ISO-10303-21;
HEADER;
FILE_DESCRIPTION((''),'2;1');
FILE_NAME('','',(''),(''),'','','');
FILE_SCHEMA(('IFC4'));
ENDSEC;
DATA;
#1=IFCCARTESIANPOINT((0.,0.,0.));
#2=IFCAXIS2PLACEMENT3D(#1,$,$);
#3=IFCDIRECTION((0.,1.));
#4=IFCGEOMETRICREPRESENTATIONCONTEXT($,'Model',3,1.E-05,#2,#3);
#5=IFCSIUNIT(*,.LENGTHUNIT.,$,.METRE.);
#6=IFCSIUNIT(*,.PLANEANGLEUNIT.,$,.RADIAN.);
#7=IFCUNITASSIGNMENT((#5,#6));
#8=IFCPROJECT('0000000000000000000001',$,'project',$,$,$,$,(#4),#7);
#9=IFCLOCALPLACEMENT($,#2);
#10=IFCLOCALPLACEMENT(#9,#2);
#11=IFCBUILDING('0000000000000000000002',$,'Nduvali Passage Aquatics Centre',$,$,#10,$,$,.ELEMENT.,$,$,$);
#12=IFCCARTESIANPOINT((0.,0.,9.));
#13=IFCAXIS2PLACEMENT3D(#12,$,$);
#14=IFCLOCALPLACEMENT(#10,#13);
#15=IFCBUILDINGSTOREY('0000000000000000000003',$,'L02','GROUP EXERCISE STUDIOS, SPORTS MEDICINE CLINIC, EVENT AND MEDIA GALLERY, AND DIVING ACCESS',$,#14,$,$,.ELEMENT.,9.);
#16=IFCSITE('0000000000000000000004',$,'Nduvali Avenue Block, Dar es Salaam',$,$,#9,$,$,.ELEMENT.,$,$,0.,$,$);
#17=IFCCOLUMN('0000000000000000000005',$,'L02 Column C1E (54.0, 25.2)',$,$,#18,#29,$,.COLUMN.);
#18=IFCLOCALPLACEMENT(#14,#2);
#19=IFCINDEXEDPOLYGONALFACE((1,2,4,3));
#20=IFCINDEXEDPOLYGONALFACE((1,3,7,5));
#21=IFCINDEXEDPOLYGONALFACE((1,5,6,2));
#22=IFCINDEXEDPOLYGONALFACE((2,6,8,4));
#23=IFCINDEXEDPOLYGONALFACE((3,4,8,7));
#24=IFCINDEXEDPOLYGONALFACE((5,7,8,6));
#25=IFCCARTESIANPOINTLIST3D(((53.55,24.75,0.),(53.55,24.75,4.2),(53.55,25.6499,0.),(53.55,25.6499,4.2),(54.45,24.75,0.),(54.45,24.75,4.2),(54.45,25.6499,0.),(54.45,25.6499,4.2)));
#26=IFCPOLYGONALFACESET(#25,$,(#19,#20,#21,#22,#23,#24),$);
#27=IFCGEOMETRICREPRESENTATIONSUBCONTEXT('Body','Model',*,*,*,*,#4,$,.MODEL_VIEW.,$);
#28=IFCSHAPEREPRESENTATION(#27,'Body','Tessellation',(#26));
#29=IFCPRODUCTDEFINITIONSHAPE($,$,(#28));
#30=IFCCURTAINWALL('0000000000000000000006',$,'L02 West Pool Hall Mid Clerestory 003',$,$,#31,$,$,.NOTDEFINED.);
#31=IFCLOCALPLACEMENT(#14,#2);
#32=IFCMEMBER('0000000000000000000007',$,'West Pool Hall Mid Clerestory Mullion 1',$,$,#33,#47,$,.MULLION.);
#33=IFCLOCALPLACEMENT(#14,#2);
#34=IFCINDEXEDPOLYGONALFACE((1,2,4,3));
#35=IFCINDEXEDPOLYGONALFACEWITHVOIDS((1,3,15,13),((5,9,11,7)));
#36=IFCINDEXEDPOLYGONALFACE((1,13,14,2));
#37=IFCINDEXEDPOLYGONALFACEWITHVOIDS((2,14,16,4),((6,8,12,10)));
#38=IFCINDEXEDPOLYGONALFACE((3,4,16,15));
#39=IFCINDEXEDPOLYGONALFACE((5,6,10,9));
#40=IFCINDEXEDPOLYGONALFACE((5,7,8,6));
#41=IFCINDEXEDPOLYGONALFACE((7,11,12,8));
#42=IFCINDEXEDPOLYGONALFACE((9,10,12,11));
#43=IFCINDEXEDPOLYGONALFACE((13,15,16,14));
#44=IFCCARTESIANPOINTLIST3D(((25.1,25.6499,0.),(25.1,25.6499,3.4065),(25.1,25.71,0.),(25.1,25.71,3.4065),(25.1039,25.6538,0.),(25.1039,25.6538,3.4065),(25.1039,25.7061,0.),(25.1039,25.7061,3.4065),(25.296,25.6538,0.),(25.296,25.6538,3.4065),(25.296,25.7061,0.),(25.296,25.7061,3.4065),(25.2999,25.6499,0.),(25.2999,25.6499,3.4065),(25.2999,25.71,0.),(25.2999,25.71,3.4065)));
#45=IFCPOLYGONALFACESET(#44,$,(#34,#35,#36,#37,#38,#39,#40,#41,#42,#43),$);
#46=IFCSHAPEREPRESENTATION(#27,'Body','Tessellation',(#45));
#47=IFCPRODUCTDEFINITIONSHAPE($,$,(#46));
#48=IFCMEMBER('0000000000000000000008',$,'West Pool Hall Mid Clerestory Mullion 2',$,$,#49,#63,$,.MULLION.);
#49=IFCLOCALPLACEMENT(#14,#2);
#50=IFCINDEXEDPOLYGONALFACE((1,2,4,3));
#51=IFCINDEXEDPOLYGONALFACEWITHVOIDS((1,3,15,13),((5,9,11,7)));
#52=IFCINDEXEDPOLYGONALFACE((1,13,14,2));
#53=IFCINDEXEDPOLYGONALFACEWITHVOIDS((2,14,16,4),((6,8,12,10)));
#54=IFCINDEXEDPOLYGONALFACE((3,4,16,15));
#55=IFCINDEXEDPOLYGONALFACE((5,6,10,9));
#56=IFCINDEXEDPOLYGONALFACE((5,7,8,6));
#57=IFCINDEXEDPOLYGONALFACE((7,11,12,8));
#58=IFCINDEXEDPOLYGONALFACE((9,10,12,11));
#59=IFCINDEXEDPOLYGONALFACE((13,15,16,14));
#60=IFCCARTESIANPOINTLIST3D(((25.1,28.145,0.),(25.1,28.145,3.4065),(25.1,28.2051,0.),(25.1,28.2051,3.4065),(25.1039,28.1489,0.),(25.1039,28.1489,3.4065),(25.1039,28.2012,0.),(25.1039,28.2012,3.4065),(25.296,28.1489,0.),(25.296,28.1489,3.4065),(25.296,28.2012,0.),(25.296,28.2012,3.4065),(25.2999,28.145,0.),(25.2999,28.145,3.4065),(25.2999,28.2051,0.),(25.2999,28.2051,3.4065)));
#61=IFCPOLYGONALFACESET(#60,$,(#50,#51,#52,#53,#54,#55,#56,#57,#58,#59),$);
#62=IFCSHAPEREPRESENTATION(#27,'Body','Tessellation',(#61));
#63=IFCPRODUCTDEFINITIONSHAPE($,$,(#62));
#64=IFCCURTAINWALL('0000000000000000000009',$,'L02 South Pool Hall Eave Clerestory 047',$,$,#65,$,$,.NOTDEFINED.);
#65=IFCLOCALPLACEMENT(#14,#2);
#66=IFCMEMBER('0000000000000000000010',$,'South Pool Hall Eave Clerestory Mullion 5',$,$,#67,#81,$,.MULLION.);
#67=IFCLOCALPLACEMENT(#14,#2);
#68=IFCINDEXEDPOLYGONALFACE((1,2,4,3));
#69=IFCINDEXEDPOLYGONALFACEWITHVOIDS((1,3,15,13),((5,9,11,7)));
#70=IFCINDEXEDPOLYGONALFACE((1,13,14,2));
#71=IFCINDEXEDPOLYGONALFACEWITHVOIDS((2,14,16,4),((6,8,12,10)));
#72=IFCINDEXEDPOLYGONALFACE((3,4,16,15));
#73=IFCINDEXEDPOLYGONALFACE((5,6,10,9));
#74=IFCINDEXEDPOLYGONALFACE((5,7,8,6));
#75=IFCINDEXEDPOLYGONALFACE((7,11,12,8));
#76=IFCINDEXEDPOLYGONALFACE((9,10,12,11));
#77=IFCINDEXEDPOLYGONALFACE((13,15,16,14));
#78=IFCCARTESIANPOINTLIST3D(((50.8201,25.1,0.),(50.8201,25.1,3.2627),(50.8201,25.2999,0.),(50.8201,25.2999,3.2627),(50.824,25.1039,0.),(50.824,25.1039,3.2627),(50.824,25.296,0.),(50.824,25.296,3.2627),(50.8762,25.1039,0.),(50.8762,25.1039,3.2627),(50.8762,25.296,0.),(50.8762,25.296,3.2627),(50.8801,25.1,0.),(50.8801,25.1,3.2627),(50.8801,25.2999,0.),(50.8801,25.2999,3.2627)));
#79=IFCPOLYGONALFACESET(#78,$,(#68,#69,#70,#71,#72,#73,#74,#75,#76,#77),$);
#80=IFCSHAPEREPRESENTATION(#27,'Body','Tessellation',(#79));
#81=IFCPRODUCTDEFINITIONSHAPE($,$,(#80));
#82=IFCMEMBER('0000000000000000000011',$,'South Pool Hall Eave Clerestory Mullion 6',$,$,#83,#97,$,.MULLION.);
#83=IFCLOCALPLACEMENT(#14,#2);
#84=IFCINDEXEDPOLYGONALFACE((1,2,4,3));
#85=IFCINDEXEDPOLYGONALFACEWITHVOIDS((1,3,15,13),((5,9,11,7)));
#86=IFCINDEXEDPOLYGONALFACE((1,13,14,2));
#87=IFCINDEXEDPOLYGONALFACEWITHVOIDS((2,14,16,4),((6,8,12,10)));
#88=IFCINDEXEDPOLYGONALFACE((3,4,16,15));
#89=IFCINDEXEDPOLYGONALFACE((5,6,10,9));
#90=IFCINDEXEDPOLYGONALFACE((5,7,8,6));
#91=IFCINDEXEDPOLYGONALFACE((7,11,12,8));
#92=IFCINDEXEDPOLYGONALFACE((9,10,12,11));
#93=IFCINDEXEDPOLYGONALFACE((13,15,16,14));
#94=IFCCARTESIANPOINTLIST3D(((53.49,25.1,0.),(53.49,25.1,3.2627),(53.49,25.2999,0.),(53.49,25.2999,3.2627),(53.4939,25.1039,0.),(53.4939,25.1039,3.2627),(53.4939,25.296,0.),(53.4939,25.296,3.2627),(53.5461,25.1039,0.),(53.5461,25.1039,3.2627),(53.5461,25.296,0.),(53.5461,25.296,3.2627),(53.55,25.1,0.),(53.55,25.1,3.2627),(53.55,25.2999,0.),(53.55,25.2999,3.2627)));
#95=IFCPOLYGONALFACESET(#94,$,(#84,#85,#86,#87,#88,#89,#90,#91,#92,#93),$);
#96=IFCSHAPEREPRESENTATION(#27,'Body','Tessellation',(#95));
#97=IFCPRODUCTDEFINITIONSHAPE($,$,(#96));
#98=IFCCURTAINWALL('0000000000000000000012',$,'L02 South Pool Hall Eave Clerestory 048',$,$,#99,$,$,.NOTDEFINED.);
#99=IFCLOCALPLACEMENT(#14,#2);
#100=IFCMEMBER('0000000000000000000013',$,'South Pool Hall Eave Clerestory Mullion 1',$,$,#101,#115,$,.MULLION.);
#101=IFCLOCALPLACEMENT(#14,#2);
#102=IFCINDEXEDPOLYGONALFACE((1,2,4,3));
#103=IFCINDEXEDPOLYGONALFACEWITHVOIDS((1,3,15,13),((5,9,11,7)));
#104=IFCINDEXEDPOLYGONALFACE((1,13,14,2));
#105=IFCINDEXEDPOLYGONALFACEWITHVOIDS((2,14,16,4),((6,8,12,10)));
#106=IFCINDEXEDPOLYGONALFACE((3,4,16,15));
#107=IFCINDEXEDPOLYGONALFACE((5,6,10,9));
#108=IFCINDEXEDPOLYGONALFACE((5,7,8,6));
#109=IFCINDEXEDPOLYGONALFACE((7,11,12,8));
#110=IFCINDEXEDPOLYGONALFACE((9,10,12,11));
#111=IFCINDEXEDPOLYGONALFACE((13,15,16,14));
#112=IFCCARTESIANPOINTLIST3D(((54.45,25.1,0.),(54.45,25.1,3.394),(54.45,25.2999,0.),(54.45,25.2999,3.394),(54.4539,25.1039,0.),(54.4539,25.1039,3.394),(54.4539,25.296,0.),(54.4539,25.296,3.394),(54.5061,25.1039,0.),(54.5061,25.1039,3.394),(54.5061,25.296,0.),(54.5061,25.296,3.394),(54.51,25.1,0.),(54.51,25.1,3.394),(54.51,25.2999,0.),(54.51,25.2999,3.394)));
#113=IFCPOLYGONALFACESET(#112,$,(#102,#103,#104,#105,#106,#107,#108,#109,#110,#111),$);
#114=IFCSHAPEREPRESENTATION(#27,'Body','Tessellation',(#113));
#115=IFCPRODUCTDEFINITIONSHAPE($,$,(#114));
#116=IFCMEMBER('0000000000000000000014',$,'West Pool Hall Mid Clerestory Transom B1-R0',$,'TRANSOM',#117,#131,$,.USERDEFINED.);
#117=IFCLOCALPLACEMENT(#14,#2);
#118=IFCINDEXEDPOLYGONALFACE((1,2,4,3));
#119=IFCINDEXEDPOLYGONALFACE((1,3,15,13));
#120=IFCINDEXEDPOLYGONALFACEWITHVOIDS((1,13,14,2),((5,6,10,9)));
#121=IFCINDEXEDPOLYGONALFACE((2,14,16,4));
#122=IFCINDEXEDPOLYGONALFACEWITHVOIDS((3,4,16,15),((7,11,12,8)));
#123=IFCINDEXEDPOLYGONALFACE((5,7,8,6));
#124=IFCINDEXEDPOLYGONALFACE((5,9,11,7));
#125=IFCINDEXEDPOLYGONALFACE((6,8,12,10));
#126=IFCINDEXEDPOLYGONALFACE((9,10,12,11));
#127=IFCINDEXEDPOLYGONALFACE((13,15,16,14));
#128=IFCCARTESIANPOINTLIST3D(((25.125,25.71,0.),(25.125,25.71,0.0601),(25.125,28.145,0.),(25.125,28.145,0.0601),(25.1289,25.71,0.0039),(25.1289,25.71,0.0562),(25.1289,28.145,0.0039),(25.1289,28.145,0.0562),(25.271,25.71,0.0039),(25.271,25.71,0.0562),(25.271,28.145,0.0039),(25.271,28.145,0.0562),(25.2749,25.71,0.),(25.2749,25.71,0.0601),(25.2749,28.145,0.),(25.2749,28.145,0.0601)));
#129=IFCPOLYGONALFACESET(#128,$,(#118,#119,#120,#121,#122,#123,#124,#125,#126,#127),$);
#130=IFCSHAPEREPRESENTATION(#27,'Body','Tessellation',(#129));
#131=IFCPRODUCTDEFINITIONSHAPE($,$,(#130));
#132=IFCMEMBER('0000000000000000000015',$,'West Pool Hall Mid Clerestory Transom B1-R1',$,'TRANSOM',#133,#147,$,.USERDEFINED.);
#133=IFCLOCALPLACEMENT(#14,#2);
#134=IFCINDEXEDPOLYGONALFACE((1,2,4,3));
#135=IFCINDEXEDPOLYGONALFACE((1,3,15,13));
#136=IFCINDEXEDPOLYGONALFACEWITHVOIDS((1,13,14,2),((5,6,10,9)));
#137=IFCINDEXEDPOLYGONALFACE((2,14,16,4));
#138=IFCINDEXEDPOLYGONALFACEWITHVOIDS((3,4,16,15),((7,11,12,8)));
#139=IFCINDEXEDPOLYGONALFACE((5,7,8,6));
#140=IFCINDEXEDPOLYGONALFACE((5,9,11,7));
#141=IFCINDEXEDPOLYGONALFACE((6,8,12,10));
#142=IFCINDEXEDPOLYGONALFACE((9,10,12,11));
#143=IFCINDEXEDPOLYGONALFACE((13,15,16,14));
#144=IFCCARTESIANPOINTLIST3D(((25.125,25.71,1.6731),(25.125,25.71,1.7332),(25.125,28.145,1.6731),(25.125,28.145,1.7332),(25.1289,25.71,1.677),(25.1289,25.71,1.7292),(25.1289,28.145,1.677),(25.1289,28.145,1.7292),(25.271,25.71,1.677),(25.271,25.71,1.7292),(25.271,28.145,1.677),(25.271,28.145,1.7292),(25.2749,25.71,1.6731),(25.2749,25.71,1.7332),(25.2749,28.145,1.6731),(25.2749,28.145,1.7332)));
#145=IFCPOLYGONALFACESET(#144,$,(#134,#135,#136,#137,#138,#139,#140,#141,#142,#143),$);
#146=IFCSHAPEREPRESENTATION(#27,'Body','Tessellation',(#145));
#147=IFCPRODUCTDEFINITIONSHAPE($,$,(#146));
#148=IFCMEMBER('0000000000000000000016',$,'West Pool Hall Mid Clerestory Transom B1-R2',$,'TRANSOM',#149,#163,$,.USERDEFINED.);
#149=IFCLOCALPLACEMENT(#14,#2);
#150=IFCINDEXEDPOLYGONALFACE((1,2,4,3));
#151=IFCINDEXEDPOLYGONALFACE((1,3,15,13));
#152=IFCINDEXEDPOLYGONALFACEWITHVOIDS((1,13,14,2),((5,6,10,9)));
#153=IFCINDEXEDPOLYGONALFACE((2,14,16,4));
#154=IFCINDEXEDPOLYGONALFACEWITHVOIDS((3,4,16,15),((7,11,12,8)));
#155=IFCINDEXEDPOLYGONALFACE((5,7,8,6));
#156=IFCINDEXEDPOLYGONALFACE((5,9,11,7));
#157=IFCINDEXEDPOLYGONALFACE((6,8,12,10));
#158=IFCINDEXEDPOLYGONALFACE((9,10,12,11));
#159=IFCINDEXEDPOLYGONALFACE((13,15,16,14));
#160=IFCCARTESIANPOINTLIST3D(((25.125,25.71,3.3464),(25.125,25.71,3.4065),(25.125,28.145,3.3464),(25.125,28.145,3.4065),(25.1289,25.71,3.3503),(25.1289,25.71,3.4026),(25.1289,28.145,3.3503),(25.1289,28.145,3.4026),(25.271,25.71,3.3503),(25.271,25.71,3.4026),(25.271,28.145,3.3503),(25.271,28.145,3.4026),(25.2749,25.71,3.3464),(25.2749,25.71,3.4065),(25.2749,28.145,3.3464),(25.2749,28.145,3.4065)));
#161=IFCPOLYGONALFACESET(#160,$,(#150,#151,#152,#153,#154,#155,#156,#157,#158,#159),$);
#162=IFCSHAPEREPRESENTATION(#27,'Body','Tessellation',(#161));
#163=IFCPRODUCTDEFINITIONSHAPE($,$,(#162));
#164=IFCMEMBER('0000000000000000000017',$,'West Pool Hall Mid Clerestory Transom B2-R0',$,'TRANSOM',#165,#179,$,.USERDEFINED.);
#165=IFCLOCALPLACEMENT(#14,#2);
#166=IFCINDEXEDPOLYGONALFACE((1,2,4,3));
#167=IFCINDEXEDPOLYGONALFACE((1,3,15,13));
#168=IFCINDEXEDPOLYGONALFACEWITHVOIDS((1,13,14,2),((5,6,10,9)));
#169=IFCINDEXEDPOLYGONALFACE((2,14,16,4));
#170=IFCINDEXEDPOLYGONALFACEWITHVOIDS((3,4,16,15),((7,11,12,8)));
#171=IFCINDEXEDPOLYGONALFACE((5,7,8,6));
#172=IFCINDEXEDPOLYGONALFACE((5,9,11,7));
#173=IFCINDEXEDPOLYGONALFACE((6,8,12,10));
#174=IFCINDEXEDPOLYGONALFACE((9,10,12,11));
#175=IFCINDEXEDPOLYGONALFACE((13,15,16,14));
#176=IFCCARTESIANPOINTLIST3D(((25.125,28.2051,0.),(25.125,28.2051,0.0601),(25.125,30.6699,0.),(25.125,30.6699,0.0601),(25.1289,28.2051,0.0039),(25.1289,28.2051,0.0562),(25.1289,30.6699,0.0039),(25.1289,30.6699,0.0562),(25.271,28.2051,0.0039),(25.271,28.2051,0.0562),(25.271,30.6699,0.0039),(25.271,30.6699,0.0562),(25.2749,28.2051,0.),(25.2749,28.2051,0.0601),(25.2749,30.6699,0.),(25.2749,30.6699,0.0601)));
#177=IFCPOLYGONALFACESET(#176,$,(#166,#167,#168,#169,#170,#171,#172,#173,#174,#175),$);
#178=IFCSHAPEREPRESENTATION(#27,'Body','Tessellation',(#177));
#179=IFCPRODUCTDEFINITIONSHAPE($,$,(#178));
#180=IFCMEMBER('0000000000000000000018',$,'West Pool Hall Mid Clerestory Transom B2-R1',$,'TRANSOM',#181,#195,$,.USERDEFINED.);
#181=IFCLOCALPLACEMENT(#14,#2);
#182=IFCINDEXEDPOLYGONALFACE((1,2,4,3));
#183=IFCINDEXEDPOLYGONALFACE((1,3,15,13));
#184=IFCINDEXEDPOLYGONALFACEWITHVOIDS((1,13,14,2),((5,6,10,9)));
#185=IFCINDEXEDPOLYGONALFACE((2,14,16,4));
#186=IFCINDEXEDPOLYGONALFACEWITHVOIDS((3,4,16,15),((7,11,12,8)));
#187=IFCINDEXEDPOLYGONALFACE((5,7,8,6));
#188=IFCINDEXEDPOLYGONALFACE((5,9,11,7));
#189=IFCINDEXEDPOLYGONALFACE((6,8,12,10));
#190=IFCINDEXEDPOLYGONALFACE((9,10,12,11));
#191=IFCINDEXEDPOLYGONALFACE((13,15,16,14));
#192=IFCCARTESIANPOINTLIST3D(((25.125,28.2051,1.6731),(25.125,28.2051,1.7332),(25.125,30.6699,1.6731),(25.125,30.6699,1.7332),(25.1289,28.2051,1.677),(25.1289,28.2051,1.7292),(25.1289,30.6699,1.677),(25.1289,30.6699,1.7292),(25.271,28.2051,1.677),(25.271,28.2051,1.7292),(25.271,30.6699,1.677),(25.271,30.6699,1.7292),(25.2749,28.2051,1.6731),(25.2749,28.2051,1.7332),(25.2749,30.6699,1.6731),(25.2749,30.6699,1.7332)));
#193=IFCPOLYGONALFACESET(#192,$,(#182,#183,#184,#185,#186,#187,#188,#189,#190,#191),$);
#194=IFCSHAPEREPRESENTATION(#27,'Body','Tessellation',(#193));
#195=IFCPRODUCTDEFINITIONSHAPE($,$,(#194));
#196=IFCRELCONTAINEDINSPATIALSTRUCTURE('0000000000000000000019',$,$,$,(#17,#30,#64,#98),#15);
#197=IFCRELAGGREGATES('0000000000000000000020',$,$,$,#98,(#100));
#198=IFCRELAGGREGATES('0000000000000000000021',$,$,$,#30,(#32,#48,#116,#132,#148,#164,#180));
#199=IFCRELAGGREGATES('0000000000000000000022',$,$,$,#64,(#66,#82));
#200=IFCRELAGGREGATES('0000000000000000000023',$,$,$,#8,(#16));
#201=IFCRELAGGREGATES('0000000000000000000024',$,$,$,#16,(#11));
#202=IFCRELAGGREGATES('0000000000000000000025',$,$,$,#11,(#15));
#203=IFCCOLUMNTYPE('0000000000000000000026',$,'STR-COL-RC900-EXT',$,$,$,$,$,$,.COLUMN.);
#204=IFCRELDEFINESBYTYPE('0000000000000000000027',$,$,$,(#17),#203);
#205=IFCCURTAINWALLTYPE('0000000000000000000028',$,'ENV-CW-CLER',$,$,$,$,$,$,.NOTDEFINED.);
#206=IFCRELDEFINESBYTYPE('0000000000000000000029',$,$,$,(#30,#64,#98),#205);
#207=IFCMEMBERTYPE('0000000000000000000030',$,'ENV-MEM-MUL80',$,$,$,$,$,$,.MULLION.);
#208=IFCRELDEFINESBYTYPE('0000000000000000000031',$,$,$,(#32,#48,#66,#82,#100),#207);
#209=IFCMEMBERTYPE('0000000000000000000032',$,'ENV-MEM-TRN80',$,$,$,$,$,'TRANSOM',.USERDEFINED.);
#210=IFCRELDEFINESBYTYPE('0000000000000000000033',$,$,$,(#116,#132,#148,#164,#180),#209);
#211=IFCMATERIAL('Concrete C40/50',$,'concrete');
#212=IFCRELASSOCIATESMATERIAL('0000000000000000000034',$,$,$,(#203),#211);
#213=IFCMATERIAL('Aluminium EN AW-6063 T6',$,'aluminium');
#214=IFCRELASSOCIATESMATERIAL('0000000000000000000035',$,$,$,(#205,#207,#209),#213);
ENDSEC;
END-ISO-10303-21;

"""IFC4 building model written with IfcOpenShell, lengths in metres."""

from ifc_helpers import new_model, si_unit, direction, frame, origin, origin_2d, place, context, subcontext, project, spatial, rectangle, hollow_rectangle, extrude, material, material_profile, profile_set, type_object, element, aggregate, save


model = new_model("IFC4")

# Units and contexts
model_context = context("Model", 3, precision=1e-05, world=origin(), true_north=direction((0.0, 1.0)))
body_context = subcontext(model_context, "Body", "Model", "MODEL_VIEW")
ifc_project = project(units=[si_unit("LENGTHUNIT", "METRE"), si_unit("PLANEANGLEUNIT", "RADIAN")], contexts=[model_context])

# Site, building, storey
site_placement = place(None, origin())
site = spatial("IfcSite", under=ifc_project, at=site_placement, Name="Nduvali Avenue Block, Dar es Salaam", CompositionType="ELEMENT", RefElevation=0.0)
building_placement = place(site_placement, origin())
building = spatial("IfcBuilding", under=site, at=building_placement, Name="Nduvali Passage Aquatics Centre", CompositionType="ELEMENT")
storey_placement = place(building_placement, frame((0.0, 0.0, 9.0)))
storey = spatial("IfcBuildingStorey", under=building, at=storey_placement, Name="L02", Description="GROUP EXERCISE STUDIOS, SPORTS MEDICINE CLINIC, EVENT AND MEDIA GALLERY, AND DIVING ACCESS", CompositionType="ELEMENT", Elevation=9.0)

# Column
ifc_material_1 = material(Name="Concrete C40/50", Category="concrete")
ifc_material_profile_1 = material_profile(ifc_material_1, rectangle(XDim=0.8999, YDim=0.8999, at=origin_2d()), Name="RC 900x900")
ifc_profile_set_1 = profile_set([ifc_material_profile_1], Name="Concrete C40/50")
column_type = type_object("IfcColumnType", Name="STR-COL-RC900-EXT", PredefinedType="COLUMN", material=ifc_profile_set_1)
column_placement = place(storey_placement, frame((54.0, 25.2, 0.0), z_axis=(0.0, 0.0, 1.0), x_axis=(1.0, 0.0, 0.0)))
element("IfcColumn", 1, at=column_placement, inside=storey, type_object=column_type, Name="L02 Column C1E (54.0, 25.2)", PredefinedType="COLUMN", context=body_context, shape_type="SweptSolid", body=[
    extrude(rectangle(XDim=0.8999, YDim=0.8999, at=origin_2d()), origin(), (0.0, 0.0, 1.0), 4.2),
])

# Curtain walls, members
ifc_material_2 = material(Name="Aluminium EN AW-6063 T6", Category="aluminium")
curtain_wall_type = type_object("IfcCurtainWallType", Name="ENV-CW-CLER", PredefinedType="NOTDEFINED", material=ifc_material_2)
curtain_wall_1_placement = place(storey_placement, origin())
curtain_wall_1 = element("IfcCurtainWall", 2, at=curtain_wall_1_placement, inside=storey, type_object=curtain_wall_type, Name="L02 West Pool Hall Mid Clerestory 003", PredefinedType="NOTDEFINED")
ifc_material_profile_2 = material_profile(ifc_material_2, hollow_rectangle(XDim=0.0601, YDim=0.2, WallThickness=0.0039, at=origin_2d()), Name="ALU MULLION 60x200x4")
ifc_profile_set_2 = profile_set([ifc_material_profile_2], Name="Aluminium EN AW-6063 T6")
member_type_1 = type_object("IfcMemberType", Name="ENV-MEM-MUL80", PredefinedType="MULLION", material=ifc_profile_set_2)
member_1_placement = place(storey_placement, frame((25.2, 25.6799, 0.0), z_axis=(0.0, 0.0, 1.0), x_axis=(0.0, 1.0, 0.0)))
member_1 = element("IfcMember", 3, at=member_1_placement, type_object=member_type_1, Name="West Pool Hall Mid Clerestory Mullion 1", PredefinedType="MULLION", context=body_context, shape_type="SweptSolid", body=[
    extrude(hollow_rectangle(XDim=0.0601, YDim=0.2, WallThickness=0.0039, at=origin_2d()), origin(), (0.0, 0.0, 1.0), 3.4065),
])
member_2_placement = place(storey_placement, frame((25.2, 28.175, 0.0), z_axis=(0.0, 0.0, 1.0), x_axis=(0.0, 1.0, 0.0)))
member_2 = element("IfcMember", 4, at=member_2_placement, type_object=member_type_1, Name="West Pool Hall Mid Clerestory Mullion 2", PredefinedType="MULLION", context=body_context, shape_type="SweptSolid", body=[
    extrude(hollow_rectangle(XDim=0.0601, YDim=0.2, WallThickness=0.0039, at=origin_2d()), origin(), (0.0, 0.0, 1.0), 3.4065),
])
curtain_wall_2_placement = place(storey_placement, origin())
curtain_wall_2 = element("IfcCurtainWall", 5, at=curtain_wall_2_placement, inside=storey, type_object=curtain_wall_type, Name="L02 South Pool Hall Eave Clerestory 047", PredefinedType="NOTDEFINED")
member_3_placement = place(storey_placement, frame((50.8501, 25.2, 0.0), z_axis=(0.0, 0.0, 1.0), x_axis=(1.0, 0.0, 0.0)))
member_3 = element("IfcMember", 6, at=member_3_placement, type_object=member_type_1, Name="South Pool Hall Eave Clerestory Mullion 5", PredefinedType="MULLION", context=body_context, shape_type="SweptSolid", body=[
    extrude(hollow_rectangle(XDim=0.0601, YDim=0.2, WallThickness=0.0039, at=origin_2d()), origin(), (0.0, 0.0, 1.0), 3.2627),
])
member_4_placement = place(storey_placement, frame((53.52, 25.2, 0.0), z_axis=(0.0, 0.0, 1.0), x_axis=(1.0, 0.0, 0.0)))
member_4 = element("IfcMember", 7, at=member_4_placement, type_object=member_type_1, Name="South Pool Hall Eave Clerestory Mullion 6", PredefinedType="MULLION", context=body_context, shape_type="SweptSolid", body=[
    extrude(hollow_rectangle(XDim=0.0601, YDim=0.2, WallThickness=0.0039, at=origin_2d()), origin(), (0.0, 0.0, 1.0), 3.2627),
])

# Curtain wall, member
curtain_wall_3_placement = place(storey_placement, origin())
curtain_wall_3 = element("IfcCurtainWall", 8, at=curtain_wall_3_placement, inside=storey, type_object=curtain_wall_type, Name="L02 South Pool Hall Eave Clerestory 048", PredefinedType="NOTDEFINED")
member_5_placement = place(storey_placement, frame((54.48, 25.2, 0.0), z_axis=(0.0, 0.0, 1.0), x_axis=(1.0, 0.0, 0.0)))
member_5 = element("IfcMember", 9, at=member_5_placement, type_object=member_type_1, Name="South Pool Hall Eave Clerestory Mullion 1", PredefinedType="MULLION", context=body_context, shape_type="SweptSolid", body=[
    extrude(hollow_rectangle(XDim=0.0601, YDim=0.2, WallThickness=0.0039, at=origin_2d()), origin(), (0.0, 0.0, 1.0), 3.394),
])

# Members
ifc_material_profile_3 = material_profile(ifc_material_2, hollow_rectangle(XDim=0.1499, YDim=0.0601, WallThickness=0.0039, at=origin_2d()), Name="ALU TRANSOM 150x60x4")
ifc_profile_set_3 = profile_set([ifc_material_profile_3], Name="Aluminium EN AW-6063 T6")
member_type_2 = type_object("IfcMemberType", Name="ENV-MEM-TRN80", ElementType="TRANSOM", PredefinedType="USERDEFINED", material=ifc_profile_set_3)
member_6_placement = place(storey_placement, frame((25.2, 25.71, 0.03), z_axis=(0.0, 1.0, 0.0), x_axis=(-1.0, 0.0, 0.0)))
member_6 = element("IfcMember", 10, at=member_6_placement, type_object=member_type_2, Name="West Pool Hall Mid Clerestory Transom B1-R0", ObjectType="TRANSOM", PredefinedType="USERDEFINED", context=body_context, shape_type="SweptSolid", body=[
    extrude(hollow_rectangle(XDim=0.1499, YDim=0.0601, WallThickness=0.0039, at=origin_2d()), origin(), (0.0, 0.0, 1.0), 2.4351),
])
member_7_placement = place(storey_placement, frame((25.2, 25.71, 1.7031), z_axis=(0.0, 1.0, 0.0), x_axis=(-1.0, 0.0, 0.0)))
member_7 = element("IfcMember", 11, at=member_7_placement, type_object=member_type_2, Name="West Pool Hall Mid Clerestory Transom B1-R1", ObjectType="TRANSOM", PredefinedType="USERDEFINED", context=body_context, shape_type="SweptSolid", body=[
    extrude(hollow_rectangle(XDim=0.1499, YDim=0.0601, WallThickness=0.0039, at=origin_2d()), origin(), (0.0, 0.0, 1.0), 2.4351),
])
member_8_placement = place(storey_placement, frame((25.2, 25.71, 3.3765), z_axis=(0.0, 1.0, 0.0), x_axis=(-1.0, 0.0, 0.0)))
member_8 = element("IfcMember", 12, at=member_8_placement, type_object=member_type_2, Name="West Pool Hall Mid Clerestory Transom B1-R2", ObjectType="TRANSOM", PredefinedType="USERDEFINED", context=body_context, shape_type="SweptSolid", body=[
    extrude(hollow_rectangle(XDim=0.1499, YDim=0.0601, WallThickness=0.0039, at=origin_2d()), origin(), (0.0, 0.0, 1.0), 2.4351),
])
member_9_placement = place(storey_placement, frame((25.2, 28.2051, 0.03), z_axis=(0.0, 1.0, 0.0), x_axis=(-1.0, 0.0, 0.0)))
member_9 = element("IfcMember", 13, at=member_9_placement, type_object=member_type_2, Name="West Pool Hall Mid Clerestory Transom B2-R0", ObjectType="TRANSOM", PredefinedType="USERDEFINED", context=body_context, shape_type="SweptSolid", body=[
    extrude(hollow_rectangle(XDim=0.1499, YDim=0.0601, WallThickness=0.0039, at=origin_2d()), origin(), (0.0, 0.0, 1.0), 2.4648),
])
member_10_placement = place(storey_placement, frame((25.2, 28.2051, 1.7031), z_axis=(0.0, 1.0, 0.0), x_axis=(-1.0, 0.0, 0.0)))
member_10 = element("IfcMember", 14, at=member_10_placement, type_object=member_type_2, Name="West Pool Hall Mid Clerestory Transom B2-R1", ObjectType="TRANSOM", PredefinedType="USERDEFINED", context=body_context, shape_type="SweptSolid", body=[
    extrude(hollow_rectangle(XDim=0.1499, YDim=0.0601, WallThickness=0.0039, at=origin_2d()), origin(), (0.0, 0.0, 1.0), 2.4648),
])
aggregate(curtain_wall_3, [member_5])

aggregate(curtain_wall_1, [member_1, member_2, member_6, member_7, member_8, member_9, member_10])
aggregate(curtain_wall_2, [member_3, member_4])

save(model, "model.ifc")
